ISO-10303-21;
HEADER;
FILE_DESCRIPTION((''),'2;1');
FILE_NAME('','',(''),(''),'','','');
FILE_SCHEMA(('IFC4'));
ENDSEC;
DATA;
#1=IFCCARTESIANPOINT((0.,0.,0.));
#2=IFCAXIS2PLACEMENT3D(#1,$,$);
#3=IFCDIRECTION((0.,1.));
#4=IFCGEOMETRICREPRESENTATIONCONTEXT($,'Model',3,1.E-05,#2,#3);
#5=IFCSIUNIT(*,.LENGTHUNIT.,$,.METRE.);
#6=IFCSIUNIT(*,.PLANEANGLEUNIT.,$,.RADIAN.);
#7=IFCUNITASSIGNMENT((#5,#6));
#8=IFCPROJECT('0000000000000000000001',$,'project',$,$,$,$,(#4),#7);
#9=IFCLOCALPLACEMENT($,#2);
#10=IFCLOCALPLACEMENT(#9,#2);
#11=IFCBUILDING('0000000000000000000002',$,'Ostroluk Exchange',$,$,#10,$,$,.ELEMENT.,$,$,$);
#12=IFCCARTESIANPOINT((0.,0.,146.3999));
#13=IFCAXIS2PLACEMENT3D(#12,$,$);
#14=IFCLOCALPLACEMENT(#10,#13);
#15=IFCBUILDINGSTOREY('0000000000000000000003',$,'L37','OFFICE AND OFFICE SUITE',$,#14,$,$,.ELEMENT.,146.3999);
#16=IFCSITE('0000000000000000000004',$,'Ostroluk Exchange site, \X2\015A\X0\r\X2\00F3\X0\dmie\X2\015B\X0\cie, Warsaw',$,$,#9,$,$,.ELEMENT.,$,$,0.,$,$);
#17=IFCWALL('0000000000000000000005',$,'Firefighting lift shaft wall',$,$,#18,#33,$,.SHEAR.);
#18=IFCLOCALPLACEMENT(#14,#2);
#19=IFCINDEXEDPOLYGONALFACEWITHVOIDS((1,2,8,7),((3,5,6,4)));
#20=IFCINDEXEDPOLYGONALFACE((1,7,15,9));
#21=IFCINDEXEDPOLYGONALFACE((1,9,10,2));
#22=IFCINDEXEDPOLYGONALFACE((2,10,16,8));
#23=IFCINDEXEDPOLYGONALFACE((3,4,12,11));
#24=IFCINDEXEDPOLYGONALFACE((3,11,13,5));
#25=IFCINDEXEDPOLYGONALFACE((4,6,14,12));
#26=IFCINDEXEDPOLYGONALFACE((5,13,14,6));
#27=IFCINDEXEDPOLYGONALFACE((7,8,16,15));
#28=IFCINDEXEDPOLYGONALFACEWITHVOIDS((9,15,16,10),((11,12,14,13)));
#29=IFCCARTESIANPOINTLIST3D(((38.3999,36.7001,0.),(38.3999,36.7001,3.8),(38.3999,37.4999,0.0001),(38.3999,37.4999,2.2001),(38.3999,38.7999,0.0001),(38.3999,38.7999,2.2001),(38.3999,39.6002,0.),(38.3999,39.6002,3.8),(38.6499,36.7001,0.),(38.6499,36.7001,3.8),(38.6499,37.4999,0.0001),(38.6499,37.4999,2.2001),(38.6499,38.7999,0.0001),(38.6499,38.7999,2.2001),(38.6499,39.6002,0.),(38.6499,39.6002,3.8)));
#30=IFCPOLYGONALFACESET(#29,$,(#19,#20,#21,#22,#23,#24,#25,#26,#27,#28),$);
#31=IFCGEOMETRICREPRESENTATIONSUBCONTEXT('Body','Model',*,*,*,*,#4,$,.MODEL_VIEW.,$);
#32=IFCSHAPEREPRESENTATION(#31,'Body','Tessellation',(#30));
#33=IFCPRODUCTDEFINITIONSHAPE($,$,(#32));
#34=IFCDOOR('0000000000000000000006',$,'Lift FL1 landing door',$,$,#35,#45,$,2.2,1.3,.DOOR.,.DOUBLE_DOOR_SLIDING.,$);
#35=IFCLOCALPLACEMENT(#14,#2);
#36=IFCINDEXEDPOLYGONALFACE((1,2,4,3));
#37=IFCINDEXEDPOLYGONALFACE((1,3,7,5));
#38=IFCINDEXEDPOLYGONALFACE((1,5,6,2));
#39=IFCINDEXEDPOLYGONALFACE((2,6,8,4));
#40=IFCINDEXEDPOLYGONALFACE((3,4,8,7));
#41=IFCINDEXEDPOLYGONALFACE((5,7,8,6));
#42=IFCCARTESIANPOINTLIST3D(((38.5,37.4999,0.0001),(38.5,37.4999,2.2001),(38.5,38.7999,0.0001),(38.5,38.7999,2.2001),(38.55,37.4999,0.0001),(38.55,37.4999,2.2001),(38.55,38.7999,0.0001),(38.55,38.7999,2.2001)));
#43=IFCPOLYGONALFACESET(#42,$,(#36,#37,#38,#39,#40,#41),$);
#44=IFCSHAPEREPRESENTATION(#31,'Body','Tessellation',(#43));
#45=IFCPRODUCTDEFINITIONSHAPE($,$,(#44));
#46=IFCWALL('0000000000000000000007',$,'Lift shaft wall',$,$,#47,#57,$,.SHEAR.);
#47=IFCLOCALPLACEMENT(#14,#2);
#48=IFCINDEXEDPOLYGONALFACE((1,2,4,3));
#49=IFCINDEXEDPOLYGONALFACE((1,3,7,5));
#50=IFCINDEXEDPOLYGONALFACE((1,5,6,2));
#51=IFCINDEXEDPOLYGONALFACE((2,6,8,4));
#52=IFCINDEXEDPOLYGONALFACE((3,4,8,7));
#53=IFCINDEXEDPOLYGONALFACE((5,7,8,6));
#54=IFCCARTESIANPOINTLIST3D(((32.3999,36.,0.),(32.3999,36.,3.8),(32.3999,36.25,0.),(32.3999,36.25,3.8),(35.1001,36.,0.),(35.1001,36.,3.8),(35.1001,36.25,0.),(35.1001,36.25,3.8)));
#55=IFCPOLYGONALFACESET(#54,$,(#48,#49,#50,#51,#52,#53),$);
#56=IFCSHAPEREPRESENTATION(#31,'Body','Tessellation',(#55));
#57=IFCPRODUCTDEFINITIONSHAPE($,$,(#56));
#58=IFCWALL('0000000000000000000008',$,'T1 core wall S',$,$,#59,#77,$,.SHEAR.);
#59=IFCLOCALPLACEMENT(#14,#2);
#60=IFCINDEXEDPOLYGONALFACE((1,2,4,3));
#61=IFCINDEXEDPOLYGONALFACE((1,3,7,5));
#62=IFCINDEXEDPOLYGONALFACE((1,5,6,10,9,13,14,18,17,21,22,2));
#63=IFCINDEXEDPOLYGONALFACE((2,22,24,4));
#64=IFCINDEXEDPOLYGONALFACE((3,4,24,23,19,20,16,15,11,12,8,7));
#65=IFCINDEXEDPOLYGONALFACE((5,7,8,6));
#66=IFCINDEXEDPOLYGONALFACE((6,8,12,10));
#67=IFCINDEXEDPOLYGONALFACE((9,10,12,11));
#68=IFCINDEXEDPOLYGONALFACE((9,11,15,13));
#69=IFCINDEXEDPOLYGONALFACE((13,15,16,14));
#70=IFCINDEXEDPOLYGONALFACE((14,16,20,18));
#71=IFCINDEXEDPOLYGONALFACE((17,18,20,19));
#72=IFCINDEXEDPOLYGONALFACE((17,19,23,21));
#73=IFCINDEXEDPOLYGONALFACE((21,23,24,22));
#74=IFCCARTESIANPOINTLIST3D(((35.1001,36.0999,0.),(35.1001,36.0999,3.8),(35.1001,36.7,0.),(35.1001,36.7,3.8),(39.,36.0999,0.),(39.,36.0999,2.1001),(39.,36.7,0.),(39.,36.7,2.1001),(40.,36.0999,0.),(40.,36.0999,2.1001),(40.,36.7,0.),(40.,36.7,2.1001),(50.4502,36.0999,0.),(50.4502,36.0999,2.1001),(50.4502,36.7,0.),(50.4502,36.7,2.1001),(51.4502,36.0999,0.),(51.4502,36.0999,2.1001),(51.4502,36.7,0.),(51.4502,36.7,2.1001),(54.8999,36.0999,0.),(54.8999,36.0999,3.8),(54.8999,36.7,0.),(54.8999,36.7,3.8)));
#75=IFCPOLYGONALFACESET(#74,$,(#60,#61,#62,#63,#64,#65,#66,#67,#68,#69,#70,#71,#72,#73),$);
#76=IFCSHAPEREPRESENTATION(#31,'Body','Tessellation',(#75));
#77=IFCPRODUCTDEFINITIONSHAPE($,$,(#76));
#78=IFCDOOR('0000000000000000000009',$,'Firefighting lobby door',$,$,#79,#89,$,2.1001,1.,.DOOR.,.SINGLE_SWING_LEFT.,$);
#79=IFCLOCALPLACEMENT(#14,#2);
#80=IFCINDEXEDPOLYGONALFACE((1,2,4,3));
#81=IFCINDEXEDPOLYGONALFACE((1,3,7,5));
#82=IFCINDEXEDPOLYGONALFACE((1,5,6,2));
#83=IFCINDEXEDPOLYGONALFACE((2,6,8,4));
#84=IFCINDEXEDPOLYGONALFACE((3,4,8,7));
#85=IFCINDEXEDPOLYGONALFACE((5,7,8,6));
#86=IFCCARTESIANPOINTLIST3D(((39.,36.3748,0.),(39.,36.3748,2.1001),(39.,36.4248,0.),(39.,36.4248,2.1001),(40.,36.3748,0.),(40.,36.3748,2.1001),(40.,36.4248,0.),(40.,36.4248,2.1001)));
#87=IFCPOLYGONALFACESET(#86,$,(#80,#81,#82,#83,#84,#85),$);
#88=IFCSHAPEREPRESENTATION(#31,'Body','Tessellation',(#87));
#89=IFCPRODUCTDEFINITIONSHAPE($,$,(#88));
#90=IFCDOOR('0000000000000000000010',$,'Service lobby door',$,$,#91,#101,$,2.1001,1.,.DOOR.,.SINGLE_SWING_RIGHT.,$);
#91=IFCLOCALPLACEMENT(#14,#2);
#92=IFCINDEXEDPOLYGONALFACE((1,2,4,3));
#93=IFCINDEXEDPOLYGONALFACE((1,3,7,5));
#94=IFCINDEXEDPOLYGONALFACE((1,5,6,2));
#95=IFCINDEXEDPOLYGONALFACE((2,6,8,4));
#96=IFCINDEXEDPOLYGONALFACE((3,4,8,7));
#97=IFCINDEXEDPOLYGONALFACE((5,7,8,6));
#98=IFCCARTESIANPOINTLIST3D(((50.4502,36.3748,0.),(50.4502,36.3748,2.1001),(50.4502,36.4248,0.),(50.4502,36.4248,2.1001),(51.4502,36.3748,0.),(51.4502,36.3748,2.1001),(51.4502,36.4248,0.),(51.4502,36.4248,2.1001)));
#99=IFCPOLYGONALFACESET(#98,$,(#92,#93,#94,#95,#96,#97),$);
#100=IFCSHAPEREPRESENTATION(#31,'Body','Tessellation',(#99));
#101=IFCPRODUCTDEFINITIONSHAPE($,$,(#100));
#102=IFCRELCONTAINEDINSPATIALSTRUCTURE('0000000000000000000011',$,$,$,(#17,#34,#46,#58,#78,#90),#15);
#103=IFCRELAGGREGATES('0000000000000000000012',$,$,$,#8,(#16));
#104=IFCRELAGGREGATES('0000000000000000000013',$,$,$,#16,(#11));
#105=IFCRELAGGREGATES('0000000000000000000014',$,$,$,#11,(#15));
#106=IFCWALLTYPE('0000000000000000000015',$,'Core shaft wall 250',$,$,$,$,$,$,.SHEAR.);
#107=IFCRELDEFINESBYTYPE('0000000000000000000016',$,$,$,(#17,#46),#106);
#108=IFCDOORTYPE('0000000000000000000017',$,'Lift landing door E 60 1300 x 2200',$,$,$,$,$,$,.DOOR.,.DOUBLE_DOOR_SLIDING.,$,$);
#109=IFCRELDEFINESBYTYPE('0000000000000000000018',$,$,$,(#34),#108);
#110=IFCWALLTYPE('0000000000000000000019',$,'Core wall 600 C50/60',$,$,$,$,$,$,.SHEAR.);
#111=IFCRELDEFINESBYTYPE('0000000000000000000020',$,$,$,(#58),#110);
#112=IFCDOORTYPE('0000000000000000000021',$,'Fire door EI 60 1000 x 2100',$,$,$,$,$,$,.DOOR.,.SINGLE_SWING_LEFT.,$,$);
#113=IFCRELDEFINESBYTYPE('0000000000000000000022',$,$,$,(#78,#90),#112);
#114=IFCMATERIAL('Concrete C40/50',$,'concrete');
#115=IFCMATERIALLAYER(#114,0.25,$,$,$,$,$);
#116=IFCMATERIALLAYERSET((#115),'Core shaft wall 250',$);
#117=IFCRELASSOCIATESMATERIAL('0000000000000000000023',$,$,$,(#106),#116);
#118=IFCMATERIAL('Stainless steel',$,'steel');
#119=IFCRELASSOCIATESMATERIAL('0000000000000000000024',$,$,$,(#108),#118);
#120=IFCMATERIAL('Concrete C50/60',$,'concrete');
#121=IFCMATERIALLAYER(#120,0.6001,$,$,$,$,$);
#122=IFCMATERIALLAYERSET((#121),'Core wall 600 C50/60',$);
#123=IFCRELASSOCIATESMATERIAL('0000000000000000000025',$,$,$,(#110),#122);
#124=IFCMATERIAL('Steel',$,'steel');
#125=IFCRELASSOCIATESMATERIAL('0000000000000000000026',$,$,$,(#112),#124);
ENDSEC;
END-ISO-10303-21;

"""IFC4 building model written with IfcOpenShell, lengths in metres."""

from ifc_helpers import new_model, si_unit, direction, frame, frame_2d, origin, place, context, subcontext, project, spatial, rectangle, extrude, material, layer, layer_set, type_object, element, fill, save


model = new_model("IFC4")

# Units and contexts
model_context = context("Model", 3, precision=1e-05, world=origin(), true_north=direction((0.0, 1.0)))
body_context = subcontext(model_context, "Body", "Model", "MODEL_VIEW")
ifc_project = project(units=[si_unit("LENGTHUNIT", "METRE"), si_unit("PLANEANGLEUNIT", "RADIAN")], contexts=[model_context])

# Site, building, storey
site_placement = place(None, origin())
site = spatial("IfcSite", under=ifc_project, at=site_placement, Name="Ostroluk Exchange site, Śródmieście, Warsaw", CompositionType="ELEMENT", RefElevation=0.0)
building_placement = place(site_placement, origin())
building = spatial("IfcBuilding", under=site, at=building_placement, Name="Ostroluk Exchange", CompositionType="ELEMENT")
storey_placement = place(building_placement, frame((0.0, 0.0, 146.3999)))
storey = spatial("IfcBuildingStorey", under=building, at=storey_placement, Name="L37", Description="OFFICE AND OFFICE SUITE", CompositionType="ELEMENT", Elevation=146.3999)

# Wall, opening, door
ifc_material_1 = material(Name="Concrete C40/50", Category="concrete")
ifc_layer_1 = layer(ifc_material_1, 0.25)
ifc_layer_set_1 = layer_set([ifc_layer_1], Name="Core shaft wall 250")
wall_type_1 = type_object("IfcWallType", Name="Core shaft wall 250", PredefinedType="SHEAR", material=ifc_layer_set_1)
wall_1_placement = place(storey_placement, frame((38.5249, 36.7, 0.0), z_axis=(0.0, 0.0, 1.0), x_axis=(0.0, 1.0, 0.0)))
wall_1 = element("IfcWall", 1, at=wall_1_placement, inside=storey, type_object=wall_type_1, Name="Firefighting lift shaft wall", PredefinedType="SHEAR", context=body_context, shape_type="SweptSolid", body=[
    extrude(rectangle(XDim=2.9001, YDim=0.25, at=frame_2d((1.4502, 0.0))), origin(), (0.0, 0.0, 1.0), 3.8),
])
opening_1_placement = place(wall_1_placement, frame((0.8, 0.0, 0.0)))
opening_1 = element("IfcOpeningElement", 2, at=opening_1_placement, cuts=wall_1, PredefinedType="OPENING", context=body_context, shape_type="SweptSolid", body=[
    extrude(rectangle(XDim=1.3, YDim=2.2, at=frame_2d((0.6499, 1.1001))), frame((0.0, 0.135, 0.0), z_axis=(0.0, -1.0, 0.0), x_axis=(1.0, 0.0, 0.0)), (0.0, 0.0, 1.0), 0.27),
])
ifc_material_2 = material(Name="Stainless steel", Category="steel")
door_type_1 = type_object("IfcDoorType", Name="Lift landing door E 60 1300 x 2200", OperationType="DOUBLE_DOOR_SLIDING", PredefinedType="DOOR", material=ifc_material_2)
door_1_placement = place(opening_1_placement, origin())
door_1 = element("IfcDoor", 3, at=door_1_placement, inside=storey, type_object=door_type_1, Name="Lift FL1 landing door", OperationType="DOUBLE_DOOR_SLIDING", OverallHeight=2.2, OverallWidth=1.3, PredefinedType="DOOR", context=body_context, shape_type="SweptSolid", body=[
    extrude(rectangle(XDim=1.3, YDim=2.2, at=frame_2d((0.6499, 1.1001))), frame((0.0, 0.0249, 0.0), z_axis=(0.0, -1.0, 0.0), x_axis=(1.0, 0.0, 0.0)), (0.0, 0.0, 1.0), 0.05),
])
fill(opening_1, door_1)

# Wall
wall_2_placement = place(storey_placement, frame((32.3999, 36.125, 0.0), z_axis=(0.0, 0.0, 1.0), x_axis=(1.0, 0.0, 0.0)))
element("IfcWall", 4, at=wall_2_placement, inside=storey, type_object=wall_type_1, Name="Lift shaft wall", PredefinedType="SHEAR", context=body_context, shape_type="SweptSolid", body=[
    extrude(rectangle(XDim=2.7002, YDim=0.25, at=frame_2d((1.3501, 0.0))), origin(), (0.0, 0.0, 1.0), 3.8),
])

# Wall, openings, doors
ifc_material_3 = material(Name="Concrete C50/60", Category="concrete")
ifc_layer_2 = layer(ifc_material_3, 0.6001)
ifc_layer_set_2 = layer_set([ifc_layer_2], Name="Core wall 600 C50/60")
wall_type_2 = type_object("IfcWallType", Name="Core wall 600 C50/60", PredefinedType="SHEAR", material=ifc_layer_set_2)
wall_3_placement = place(storey_placement, frame((35.1001, 36.3999, 0.0), z_axis=(0.0, 0.0, 1.0), x_axis=(1.0, 0.0, 0.0)))
wall_3 = element("IfcWall", 5, at=wall_3_placement, inside=storey, type_object=wall_type_2, Name="T1 core wall S", PredefinedType="SHEAR", context=body_context, shape_type="SweptSolid", body=[
    extrude(rectangle(XDim=19.7998, YDim=0.6001, at=frame_2d((9.8999, 0.0))), origin(), (0.0, 0.0, 1.0), 3.8),
])
opening_2_placement = place(wall_3_placement, frame((3.8999, 0.0, 0.0)))
opening_2 = element("IfcOpeningElement", 6, at=opening_2_placement, cuts=wall_3, PredefinedType="OPENING", context=body_context, shape_type="SweptSolid", body=[
    extrude(rectangle(XDim=1.0, YDim=2.1001, at=frame_2d((0.5, 1.05))), frame((0.0, 0.3101, 0.0), z_axis=(0.0, -1.0, 0.0), x_axis=(1.0, 0.0, 0.0)), (0.0, 0.0, 1.0), 0.6201),
])
opening_3_placement = place(wall_3_placement, frame((15.3501, 0.0, 0.0)))
opening_3 = element("IfcOpeningElement", 7, at=opening_3_placement, cuts=wall_3, PredefinedType="OPENING", context=body_context, shape_type="SweptSolid", body=[
    extrude(rectangle(XDim=1.0, YDim=2.1001, at=frame_2d((0.5, 1.05))), frame((0.0, 0.3101, 0.0), z_axis=(0.0, -1.0, 0.0), x_axis=(1.0, 0.0, 0.0)), (0.0, 0.0, 1.0), 0.6201),
])
ifc_material_4 = material(Name="Steel", Category="steel")
door_type_2 = type_object("IfcDoorType", Name="Fire door EI 60 1000 x 2100", OperationType="SINGLE_SWING_LEFT", PredefinedType="DOOR", material=ifc_material_4)
door_2_placement = place(opening_2_placement, origin())
door_2 = element("IfcDoor", 8, at=door_2_placement, inside=storey, type_object=door_type_2, Name="Firefighting lobby door", OperationType="SINGLE_SWING_LEFT", OverallHeight=2.1001, OverallWidth=1.0, PredefinedType="DOOR", context=body_context, shape_type="SweptSolid", body=[
    extrude(rectangle(XDim=1.0, YDim=2.1001, at=frame_2d((0.5, 1.05))), frame((0.0, 0.0249, 0.0), z_axis=(0.0, -1.0, 0.0), x_axis=(1.0, 0.0, 0.0)), (0.0, 0.0, 1.0), 0.05),
])
fill(opening_2, door_2)
door_3_placement = place(opening_3_placement, origin())
door_3 = element("IfcDoor", 9, at=door_3_placement, inside=storey, type_object=door_type_2, Name="Service lobby door", OperationType="SINGLE_SWING_RIGHT", OverallHeight=2.1001, OverallWidth=1.0, PredefinedType="DOOR", context=body_context, shape_type="SweptSolid", body=[
    extrude(rectangle(XDim=1.0, YDim=2.1001, at=frame_2d((0.5, 1.05))), frame((0.0, 0.0249, 0.0), z_axis=(0.0, -1.0, 0.0), x_axis=(1.0, 0.0, 0.0)), (0.0, 0.0, 1.0), 0.05),
])
fill(opening_3, door_3)

save(model, "model.ifc")
